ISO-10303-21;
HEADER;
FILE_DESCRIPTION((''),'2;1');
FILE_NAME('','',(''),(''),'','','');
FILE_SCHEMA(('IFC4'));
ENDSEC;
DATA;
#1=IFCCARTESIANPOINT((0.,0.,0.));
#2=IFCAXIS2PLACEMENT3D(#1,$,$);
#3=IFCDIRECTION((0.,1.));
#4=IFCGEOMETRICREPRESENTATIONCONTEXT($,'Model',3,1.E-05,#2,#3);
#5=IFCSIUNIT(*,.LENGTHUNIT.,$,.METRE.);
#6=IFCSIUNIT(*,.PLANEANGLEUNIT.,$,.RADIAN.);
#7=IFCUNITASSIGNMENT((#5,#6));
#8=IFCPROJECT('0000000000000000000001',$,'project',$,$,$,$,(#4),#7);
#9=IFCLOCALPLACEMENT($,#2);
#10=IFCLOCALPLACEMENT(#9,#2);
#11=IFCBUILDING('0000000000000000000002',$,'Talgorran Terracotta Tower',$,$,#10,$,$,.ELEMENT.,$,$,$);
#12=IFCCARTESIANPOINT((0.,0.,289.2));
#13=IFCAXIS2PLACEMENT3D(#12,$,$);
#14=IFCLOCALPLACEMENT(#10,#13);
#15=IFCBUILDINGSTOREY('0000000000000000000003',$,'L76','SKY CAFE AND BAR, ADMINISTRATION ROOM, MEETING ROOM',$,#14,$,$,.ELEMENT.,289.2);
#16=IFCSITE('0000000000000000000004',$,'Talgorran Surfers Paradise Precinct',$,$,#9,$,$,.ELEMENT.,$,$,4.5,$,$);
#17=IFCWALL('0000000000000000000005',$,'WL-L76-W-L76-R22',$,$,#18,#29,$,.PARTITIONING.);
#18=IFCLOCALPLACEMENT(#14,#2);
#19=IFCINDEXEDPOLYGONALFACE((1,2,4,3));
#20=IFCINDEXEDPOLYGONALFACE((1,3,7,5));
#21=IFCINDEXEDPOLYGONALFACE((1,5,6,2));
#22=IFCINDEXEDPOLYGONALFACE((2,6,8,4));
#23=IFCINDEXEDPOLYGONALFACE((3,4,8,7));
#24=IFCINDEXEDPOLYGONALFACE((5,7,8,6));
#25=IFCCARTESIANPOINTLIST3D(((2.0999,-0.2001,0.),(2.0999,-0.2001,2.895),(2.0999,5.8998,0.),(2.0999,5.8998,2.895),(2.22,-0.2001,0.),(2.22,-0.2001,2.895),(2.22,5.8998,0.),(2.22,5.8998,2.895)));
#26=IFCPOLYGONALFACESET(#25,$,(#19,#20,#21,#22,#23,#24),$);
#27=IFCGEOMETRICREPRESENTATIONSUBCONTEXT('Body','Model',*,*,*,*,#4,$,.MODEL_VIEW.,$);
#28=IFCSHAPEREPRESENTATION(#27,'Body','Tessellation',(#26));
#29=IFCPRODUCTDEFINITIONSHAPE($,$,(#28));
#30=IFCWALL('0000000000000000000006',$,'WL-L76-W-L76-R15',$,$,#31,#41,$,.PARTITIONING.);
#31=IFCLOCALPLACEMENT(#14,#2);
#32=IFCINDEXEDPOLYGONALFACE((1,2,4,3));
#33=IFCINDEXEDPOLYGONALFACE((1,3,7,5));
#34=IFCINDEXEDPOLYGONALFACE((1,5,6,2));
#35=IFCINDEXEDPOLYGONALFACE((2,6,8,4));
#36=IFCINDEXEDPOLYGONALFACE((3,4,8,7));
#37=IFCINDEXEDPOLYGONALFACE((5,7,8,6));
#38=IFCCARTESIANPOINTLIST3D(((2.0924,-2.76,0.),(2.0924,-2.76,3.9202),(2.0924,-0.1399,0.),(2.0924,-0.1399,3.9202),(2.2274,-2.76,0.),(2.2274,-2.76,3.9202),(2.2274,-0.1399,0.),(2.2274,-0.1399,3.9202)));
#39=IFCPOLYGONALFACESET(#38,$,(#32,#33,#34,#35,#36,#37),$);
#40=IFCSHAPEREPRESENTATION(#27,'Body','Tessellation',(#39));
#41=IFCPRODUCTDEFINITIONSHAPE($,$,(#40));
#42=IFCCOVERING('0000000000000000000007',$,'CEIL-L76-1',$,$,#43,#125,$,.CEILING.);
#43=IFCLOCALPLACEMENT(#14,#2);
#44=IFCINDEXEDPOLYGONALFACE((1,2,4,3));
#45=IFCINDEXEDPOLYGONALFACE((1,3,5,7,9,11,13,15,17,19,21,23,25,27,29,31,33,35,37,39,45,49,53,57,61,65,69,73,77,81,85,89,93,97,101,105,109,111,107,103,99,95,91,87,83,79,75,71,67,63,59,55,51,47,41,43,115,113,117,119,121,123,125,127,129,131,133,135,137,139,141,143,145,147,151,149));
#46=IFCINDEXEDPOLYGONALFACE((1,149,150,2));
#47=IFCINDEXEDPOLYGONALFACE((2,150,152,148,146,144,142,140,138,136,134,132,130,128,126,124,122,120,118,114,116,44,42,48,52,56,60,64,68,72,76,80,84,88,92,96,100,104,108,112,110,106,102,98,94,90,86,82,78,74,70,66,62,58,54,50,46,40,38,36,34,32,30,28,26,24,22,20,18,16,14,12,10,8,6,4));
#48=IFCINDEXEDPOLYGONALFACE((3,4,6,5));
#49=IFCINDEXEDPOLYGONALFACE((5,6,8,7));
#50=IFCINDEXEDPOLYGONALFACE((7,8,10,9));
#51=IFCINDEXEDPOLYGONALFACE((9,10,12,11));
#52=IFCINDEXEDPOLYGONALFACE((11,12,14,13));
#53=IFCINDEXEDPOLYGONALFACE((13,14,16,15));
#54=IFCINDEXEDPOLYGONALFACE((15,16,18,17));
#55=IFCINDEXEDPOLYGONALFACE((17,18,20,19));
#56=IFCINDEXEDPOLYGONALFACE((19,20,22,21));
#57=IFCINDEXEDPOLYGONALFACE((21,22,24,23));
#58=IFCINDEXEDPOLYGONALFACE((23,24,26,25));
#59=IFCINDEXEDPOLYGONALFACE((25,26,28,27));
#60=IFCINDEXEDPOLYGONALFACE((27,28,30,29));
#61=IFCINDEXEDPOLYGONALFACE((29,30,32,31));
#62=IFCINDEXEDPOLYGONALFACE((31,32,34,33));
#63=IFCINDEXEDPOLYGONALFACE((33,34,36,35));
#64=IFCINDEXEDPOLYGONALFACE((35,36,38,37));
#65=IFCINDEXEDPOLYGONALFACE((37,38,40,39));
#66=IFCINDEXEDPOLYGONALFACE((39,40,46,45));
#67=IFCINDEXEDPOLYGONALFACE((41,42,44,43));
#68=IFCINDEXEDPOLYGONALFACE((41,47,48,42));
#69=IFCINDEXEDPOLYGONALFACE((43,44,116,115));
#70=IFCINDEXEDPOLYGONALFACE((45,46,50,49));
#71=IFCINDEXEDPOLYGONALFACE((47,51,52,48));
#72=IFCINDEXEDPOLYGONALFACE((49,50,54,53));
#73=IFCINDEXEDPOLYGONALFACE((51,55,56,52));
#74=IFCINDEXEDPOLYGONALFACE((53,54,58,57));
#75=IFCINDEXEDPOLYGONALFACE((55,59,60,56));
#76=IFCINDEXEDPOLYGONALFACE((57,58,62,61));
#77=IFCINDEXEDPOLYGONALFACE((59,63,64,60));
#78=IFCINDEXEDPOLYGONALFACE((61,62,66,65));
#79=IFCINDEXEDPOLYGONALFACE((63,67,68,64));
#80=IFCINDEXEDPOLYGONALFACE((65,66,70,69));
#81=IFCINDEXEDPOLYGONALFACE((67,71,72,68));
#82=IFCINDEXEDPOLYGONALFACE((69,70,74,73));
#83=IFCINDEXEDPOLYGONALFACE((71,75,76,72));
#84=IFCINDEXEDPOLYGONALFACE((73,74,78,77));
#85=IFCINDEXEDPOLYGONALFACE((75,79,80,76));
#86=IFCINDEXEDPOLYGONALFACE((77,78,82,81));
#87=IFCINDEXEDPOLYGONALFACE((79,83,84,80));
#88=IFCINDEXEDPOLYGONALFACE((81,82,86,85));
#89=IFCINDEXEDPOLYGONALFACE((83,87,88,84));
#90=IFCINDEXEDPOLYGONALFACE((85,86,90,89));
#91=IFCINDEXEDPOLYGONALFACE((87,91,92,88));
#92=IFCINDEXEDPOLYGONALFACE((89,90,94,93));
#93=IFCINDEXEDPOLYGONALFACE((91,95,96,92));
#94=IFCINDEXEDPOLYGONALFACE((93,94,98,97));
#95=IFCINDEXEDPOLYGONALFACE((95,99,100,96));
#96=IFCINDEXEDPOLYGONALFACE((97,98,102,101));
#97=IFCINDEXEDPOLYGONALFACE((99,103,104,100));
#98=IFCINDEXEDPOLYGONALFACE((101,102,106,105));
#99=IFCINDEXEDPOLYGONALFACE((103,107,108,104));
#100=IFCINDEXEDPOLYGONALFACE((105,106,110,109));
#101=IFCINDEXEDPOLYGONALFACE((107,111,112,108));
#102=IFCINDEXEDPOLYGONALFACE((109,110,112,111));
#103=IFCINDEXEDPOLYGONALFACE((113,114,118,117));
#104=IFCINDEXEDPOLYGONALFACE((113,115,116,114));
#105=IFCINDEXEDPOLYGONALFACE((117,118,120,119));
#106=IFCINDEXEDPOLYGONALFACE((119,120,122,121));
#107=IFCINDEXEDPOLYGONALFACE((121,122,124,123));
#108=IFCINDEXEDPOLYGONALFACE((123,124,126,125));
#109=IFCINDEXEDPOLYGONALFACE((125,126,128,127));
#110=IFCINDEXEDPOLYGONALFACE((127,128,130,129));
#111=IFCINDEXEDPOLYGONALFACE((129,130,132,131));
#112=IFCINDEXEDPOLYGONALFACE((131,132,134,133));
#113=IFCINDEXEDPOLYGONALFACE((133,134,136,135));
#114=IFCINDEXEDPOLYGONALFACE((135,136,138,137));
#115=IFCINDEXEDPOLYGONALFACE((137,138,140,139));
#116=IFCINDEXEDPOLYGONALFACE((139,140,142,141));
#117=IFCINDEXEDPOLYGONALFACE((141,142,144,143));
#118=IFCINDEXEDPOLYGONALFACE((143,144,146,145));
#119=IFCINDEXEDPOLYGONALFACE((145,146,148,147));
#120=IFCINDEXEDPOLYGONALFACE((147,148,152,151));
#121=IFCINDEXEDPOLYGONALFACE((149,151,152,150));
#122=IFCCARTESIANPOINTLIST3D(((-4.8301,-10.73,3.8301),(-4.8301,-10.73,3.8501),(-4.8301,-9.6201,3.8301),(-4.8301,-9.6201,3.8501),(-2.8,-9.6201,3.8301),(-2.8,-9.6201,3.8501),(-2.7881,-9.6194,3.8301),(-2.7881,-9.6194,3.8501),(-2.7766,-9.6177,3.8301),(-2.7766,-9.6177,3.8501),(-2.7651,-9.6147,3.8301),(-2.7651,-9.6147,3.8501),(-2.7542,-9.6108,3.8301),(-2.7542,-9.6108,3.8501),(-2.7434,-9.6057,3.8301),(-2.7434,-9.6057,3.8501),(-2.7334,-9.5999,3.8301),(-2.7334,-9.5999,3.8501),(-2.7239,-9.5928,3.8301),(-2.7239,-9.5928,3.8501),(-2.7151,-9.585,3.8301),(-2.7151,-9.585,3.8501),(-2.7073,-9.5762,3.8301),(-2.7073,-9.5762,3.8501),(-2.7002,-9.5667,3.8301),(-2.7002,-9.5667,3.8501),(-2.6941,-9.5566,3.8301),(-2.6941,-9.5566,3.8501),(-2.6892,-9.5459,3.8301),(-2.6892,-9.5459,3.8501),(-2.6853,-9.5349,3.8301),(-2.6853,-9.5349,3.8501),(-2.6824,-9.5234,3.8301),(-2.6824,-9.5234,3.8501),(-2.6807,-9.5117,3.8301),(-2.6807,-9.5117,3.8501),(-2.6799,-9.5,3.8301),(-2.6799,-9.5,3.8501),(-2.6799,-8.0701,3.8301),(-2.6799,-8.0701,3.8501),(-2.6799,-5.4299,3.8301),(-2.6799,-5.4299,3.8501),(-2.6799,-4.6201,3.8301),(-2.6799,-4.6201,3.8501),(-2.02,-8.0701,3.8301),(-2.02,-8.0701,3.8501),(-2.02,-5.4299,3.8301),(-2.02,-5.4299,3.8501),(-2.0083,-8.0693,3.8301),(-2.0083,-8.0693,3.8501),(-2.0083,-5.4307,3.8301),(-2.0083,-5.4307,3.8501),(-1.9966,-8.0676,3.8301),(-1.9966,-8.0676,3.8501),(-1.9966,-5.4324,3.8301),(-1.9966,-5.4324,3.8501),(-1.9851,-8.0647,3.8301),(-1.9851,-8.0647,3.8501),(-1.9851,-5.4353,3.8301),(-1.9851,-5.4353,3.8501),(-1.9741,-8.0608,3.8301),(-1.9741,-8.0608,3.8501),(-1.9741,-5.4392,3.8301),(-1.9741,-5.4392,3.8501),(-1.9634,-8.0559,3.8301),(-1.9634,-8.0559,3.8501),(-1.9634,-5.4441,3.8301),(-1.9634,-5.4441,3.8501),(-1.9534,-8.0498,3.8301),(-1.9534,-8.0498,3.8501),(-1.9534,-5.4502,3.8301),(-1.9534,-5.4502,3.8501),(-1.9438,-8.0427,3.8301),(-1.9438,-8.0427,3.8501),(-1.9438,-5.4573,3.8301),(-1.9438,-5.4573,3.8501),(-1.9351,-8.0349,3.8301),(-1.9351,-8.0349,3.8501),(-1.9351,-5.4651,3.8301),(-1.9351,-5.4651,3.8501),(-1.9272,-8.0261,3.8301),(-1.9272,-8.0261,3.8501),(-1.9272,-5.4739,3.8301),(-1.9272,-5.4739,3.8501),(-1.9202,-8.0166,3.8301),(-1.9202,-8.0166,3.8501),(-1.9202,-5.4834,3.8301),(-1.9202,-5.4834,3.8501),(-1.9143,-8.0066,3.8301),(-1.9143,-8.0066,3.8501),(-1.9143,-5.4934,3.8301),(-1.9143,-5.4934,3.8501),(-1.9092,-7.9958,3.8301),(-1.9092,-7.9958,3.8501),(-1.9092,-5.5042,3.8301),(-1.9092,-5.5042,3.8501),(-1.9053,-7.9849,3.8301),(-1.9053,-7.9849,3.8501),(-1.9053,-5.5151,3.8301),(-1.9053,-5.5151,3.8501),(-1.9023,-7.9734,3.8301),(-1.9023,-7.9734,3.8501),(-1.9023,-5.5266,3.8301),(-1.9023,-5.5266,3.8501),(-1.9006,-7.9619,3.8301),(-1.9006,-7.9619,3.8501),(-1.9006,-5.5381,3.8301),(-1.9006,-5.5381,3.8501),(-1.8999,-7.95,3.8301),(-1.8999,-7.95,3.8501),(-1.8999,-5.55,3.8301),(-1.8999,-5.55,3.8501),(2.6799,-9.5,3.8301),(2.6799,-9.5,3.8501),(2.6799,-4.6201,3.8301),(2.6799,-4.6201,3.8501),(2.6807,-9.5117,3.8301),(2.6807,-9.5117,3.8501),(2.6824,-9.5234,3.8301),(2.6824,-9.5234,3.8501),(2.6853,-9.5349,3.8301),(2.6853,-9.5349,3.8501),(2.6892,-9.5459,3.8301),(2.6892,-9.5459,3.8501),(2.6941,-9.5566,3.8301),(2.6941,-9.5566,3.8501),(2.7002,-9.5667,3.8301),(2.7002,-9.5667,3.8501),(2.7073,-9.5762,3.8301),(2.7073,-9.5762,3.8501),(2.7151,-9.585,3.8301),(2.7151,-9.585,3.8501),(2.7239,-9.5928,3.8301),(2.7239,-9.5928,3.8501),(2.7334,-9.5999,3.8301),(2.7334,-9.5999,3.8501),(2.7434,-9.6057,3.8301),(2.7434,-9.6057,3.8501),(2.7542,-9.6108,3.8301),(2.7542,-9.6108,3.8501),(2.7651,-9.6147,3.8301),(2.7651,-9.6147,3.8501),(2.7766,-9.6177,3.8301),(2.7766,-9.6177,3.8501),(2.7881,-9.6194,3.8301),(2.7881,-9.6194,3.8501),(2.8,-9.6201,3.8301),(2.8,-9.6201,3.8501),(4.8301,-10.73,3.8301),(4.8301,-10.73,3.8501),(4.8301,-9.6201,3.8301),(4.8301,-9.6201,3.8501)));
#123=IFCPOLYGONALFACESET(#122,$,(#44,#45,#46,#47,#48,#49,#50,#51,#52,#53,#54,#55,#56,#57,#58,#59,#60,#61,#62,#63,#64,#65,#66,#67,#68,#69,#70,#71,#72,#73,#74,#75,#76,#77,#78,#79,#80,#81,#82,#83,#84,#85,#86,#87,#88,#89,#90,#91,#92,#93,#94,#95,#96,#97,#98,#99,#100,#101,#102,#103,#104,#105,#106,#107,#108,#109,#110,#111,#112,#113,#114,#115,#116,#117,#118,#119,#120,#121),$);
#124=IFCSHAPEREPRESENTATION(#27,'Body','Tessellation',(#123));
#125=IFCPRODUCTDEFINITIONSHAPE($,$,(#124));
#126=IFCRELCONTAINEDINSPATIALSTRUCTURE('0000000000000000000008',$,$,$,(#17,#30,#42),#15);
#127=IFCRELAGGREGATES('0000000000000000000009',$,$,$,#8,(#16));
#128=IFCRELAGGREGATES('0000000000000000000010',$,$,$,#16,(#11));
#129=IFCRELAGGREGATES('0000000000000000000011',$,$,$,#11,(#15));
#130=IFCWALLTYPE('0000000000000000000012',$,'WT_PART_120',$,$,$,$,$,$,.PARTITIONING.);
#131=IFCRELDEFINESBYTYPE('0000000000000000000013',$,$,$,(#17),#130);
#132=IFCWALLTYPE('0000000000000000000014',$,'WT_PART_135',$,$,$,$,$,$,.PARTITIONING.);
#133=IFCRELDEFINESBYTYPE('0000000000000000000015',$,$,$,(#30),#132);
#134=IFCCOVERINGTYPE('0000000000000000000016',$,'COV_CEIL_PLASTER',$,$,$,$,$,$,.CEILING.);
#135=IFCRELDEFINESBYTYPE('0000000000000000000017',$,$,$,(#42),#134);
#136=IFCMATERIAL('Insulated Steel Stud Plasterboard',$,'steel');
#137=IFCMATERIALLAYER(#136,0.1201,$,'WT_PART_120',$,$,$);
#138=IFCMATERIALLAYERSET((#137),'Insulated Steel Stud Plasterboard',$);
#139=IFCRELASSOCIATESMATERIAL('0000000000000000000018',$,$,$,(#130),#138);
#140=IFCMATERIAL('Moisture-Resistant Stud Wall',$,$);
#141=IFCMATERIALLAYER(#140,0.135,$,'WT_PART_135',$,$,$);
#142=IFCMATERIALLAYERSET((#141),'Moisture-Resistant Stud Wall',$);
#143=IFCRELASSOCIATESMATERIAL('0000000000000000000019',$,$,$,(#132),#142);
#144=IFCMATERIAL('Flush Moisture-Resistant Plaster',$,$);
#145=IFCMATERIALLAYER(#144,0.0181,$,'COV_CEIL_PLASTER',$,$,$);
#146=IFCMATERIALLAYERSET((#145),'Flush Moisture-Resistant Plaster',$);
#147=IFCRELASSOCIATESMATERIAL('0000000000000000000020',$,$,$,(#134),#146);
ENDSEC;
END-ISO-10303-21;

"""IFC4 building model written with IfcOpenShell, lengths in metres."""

from ifc_helpers import new_model, si_unit, direction, frame, frame_2d, origin, place, context, subcontext, project, spatial, polyline, rectangle, outline, extrude, material, layer, layer_set, type_object, element, save


model = new_model("IFC4")

# Units and contexts
model_context = context("Model", 3, precision=1e-05, world=origin(), true_north=direction((0.0, 1.0)))
body_context = subcontext(model_context, "Body", "Model", "MODEL_VIEW")
ifc_project = project(units=[si_unit("LENGTHUNIT", "METRE"), si_unit("PLANEANGLEUNIT", "RADIAN")], contexts=[model_context])

# Site, building, storey
site_placement = place(None, origin())
site = spatial("IfcSite", under=ifc_project, at=site_placement, Name="Talgorran Surfers Paradise Precinct", CompositionType="ELEMENT", RefElevation=4.5)
building_placement = place(site_placement, origin())
building = spatial("IfcBuilding", under=site, at=building_placement, Name="Talgorran Terracotta Tower", CompositionType="ELEMENT")
storey_placement = place(building_placement, frame((0.0, 0.0, 289.2)))
storey = spatial("IfcBuildingStorey", under=building, at=storey_placement, Name="L76", Description="SKY CAFE AND BAR, ADMINISTRATION ROOM, MEETING ROOM", CompositionType="ELEMENT", Elevation=289.2)

# Walls
ifc_material_1 = material(Name="Insulated Steel Stud Plasterboard", Category="steel")
ifc_layer_1 = layer(ifc_material_1, 0.1201, Name="WT_PART_120")
ifc_layer_set_1 = layer_set([ifc_layer_1], Name="Insulated Steel Stud Plasterboard")
wall_type_1 = type_object("IfcWallType", Name="WT_PART_120", PredefinedType="PARTITIONING", material=ifc_layer_set_1)
wall_1_placement = place(storey_placement, frame((2.1599, -0.2, 0.0), z_axis=(0.0, 0.0, 1.0), x_axis=(0.0, 1.0, 0.0)))
element("IfcWall", 1, at=wall_1_placement, inside=storey, type_object=wall_type_1, Name="WL-L76-W-L76-R22", PredefinedType="PARTITIONING", context=body_context, shape_type="SweptSolid", body=[
    extrude(rectangle(XDim=6.0999, YDim=0.1201, at=frame_2d((3.0498, 0.0))), origin(), (0.0, 0.0, 1.0), 2.895),
])
ifc_material_2 = material(Name="Moisture-Resistant Stud Wall")
ifc_layer_2 = layer(ifc_material_2, 0.135, Name="WT_PART_135")
ifc_layer_set_2 = layer_set([ifc_layer_2], Name="Moisture-Resistant Stud Wall")
wall_type_2 = type_object("IfcWallType", Name="WT_PART_135", PredefinedType="PARTITIONING", material=ifc_layer_set_2)
wall_2_placement = place(storey_placement, frame((2.1599, -2.76, 0.0), z_axis=(0.0, 0.0, 1.0), x_axis=(0.0, 1.0, 0.0)))
element("IfcWall", 2, at=wall_2_placement, inside=storey, type_object=wall_type_2, Name="WL-L76-W-L76-R15", PredefinedType="PARTITIONING", context=body_context, shape_type="SweptSolid", body=[
    extrude(rectangle(XDim=2.6201, YDim=0.135, at=frame_2d((1.3101, 0.0))), origin(), (0.0, 0.0, 1.0), 3.9202),
])

# Covering
ifc_material_3 = material(Name="Flush Moisture-Resistant Plaster")
ifc_layer_3 = layer(ifc_material_3, 0.0181, Name="COV_CEIL_PLASTER")
ifc_layer_set_3 = layer_set([ifc_layer_3], Name="Flush Moisture-Resistant Plaster")
covering_type_1 = type_object("IfcCoveringType", Name="COV_CEIL_PLASTER", PredefinedType="CEILING", material=ifc_layer_set_3)
covering_1_placement = place(storey_placement, frame((0.0, 0.0, 3.8301)))
element("IfcCovering", 3, at=covering_1_placement, inside=storey, type_object=covering_type_1, Name="CEIL-L76-1", PredefinedType="CEILING", context=body_context, shape_type="SweptSolid", body=[
    extrude(outline(polyline([(2.6799, -4.6201), (2.6799, -9.5), (2.6807, -9.5117), (2.6824, -9.5234), (2.6853, -9.5349), (2.6892, -9.5459), (2.6941, -9.5566), (2.7002, -9.5667), (2.7073, -9.5762), (2.7151, -9.585), (2.7239, -9.5928), (2.7334, -9.5999), (2.7434, -9.6057), (2.7542, -9.6108), (2.7651, -9.6147), (2.7766, -9.6177), (2.7881, -9.6194), (2.8, -9.6201), (4.8301, -9.6201), (4.8301, -10.73), (-4.8301, -10.73), (-4.8301, -9.6201), (-2.8, -9.6201), (-2.7881, -9.6194), (-2.7766, -9.6177), (-2.7651, -9.6147), (-2.7542, -9.6108), (-2.7434, -9.6057), (-2.7334, -9.5999), (-2.7239, -9.5928), (-2.7151, -9.585), (-2.7073, -9.5762), (-2.7002, -9.5667), (-2.6941, -9.5566), (-2.6892, -9.5459), (-2.6853, -9.5349), (-2.6824, -9.5234), (-2.6807, -9.5117), (-2.6799, -9.5), (-2.6799, -8.0701), (-2.02, -8.0701), (-2.0083, -8.0693), (-1.9966, -8.0676), (-1.9851, -8.0647), (-1.9741, -8.0608), (-1.9634, -8.0559), (-1.9534, -8.0498), (-1.9438, -8.0427), (-1.9351, -8.0349), (-1.9272, -8.0261), (-1.9202, -8.0166), (-1.9143, -8.0066), (-1.9092, -7.9958), (-1.9053, -7.9849), (-1.9023, -7.9734), (-1.9006, -7.9619), (-1.8999, -7.95), (-1.8999, -5.55), (-1.9006, -5.5381), (-1.9023, -5.5266), (-1.9053, -5.5151), (-1.9092, -5.5042), (-1.9143, -5.4934), (-1.9202, -5.4834), (-1.9272, -5.4739), (-1.9351, -5.4651), (-1.9438, -5.4573), (-1.9534, -5.4502), (-1.9634, -5.4441), (-1.9741, -5.4392), (-1.9851, -5.4353), (-1.9966, -5.4324), (-2.0083, -5.4307), (-2.02, -5.4299), (-2.6799, -5.4299), (-2.6799, -4.6201), (2.6799, -4.6201)])), origin(), (0.0, 0.0, 1.0), 0.02),
])

save(model, "model.ifc")
